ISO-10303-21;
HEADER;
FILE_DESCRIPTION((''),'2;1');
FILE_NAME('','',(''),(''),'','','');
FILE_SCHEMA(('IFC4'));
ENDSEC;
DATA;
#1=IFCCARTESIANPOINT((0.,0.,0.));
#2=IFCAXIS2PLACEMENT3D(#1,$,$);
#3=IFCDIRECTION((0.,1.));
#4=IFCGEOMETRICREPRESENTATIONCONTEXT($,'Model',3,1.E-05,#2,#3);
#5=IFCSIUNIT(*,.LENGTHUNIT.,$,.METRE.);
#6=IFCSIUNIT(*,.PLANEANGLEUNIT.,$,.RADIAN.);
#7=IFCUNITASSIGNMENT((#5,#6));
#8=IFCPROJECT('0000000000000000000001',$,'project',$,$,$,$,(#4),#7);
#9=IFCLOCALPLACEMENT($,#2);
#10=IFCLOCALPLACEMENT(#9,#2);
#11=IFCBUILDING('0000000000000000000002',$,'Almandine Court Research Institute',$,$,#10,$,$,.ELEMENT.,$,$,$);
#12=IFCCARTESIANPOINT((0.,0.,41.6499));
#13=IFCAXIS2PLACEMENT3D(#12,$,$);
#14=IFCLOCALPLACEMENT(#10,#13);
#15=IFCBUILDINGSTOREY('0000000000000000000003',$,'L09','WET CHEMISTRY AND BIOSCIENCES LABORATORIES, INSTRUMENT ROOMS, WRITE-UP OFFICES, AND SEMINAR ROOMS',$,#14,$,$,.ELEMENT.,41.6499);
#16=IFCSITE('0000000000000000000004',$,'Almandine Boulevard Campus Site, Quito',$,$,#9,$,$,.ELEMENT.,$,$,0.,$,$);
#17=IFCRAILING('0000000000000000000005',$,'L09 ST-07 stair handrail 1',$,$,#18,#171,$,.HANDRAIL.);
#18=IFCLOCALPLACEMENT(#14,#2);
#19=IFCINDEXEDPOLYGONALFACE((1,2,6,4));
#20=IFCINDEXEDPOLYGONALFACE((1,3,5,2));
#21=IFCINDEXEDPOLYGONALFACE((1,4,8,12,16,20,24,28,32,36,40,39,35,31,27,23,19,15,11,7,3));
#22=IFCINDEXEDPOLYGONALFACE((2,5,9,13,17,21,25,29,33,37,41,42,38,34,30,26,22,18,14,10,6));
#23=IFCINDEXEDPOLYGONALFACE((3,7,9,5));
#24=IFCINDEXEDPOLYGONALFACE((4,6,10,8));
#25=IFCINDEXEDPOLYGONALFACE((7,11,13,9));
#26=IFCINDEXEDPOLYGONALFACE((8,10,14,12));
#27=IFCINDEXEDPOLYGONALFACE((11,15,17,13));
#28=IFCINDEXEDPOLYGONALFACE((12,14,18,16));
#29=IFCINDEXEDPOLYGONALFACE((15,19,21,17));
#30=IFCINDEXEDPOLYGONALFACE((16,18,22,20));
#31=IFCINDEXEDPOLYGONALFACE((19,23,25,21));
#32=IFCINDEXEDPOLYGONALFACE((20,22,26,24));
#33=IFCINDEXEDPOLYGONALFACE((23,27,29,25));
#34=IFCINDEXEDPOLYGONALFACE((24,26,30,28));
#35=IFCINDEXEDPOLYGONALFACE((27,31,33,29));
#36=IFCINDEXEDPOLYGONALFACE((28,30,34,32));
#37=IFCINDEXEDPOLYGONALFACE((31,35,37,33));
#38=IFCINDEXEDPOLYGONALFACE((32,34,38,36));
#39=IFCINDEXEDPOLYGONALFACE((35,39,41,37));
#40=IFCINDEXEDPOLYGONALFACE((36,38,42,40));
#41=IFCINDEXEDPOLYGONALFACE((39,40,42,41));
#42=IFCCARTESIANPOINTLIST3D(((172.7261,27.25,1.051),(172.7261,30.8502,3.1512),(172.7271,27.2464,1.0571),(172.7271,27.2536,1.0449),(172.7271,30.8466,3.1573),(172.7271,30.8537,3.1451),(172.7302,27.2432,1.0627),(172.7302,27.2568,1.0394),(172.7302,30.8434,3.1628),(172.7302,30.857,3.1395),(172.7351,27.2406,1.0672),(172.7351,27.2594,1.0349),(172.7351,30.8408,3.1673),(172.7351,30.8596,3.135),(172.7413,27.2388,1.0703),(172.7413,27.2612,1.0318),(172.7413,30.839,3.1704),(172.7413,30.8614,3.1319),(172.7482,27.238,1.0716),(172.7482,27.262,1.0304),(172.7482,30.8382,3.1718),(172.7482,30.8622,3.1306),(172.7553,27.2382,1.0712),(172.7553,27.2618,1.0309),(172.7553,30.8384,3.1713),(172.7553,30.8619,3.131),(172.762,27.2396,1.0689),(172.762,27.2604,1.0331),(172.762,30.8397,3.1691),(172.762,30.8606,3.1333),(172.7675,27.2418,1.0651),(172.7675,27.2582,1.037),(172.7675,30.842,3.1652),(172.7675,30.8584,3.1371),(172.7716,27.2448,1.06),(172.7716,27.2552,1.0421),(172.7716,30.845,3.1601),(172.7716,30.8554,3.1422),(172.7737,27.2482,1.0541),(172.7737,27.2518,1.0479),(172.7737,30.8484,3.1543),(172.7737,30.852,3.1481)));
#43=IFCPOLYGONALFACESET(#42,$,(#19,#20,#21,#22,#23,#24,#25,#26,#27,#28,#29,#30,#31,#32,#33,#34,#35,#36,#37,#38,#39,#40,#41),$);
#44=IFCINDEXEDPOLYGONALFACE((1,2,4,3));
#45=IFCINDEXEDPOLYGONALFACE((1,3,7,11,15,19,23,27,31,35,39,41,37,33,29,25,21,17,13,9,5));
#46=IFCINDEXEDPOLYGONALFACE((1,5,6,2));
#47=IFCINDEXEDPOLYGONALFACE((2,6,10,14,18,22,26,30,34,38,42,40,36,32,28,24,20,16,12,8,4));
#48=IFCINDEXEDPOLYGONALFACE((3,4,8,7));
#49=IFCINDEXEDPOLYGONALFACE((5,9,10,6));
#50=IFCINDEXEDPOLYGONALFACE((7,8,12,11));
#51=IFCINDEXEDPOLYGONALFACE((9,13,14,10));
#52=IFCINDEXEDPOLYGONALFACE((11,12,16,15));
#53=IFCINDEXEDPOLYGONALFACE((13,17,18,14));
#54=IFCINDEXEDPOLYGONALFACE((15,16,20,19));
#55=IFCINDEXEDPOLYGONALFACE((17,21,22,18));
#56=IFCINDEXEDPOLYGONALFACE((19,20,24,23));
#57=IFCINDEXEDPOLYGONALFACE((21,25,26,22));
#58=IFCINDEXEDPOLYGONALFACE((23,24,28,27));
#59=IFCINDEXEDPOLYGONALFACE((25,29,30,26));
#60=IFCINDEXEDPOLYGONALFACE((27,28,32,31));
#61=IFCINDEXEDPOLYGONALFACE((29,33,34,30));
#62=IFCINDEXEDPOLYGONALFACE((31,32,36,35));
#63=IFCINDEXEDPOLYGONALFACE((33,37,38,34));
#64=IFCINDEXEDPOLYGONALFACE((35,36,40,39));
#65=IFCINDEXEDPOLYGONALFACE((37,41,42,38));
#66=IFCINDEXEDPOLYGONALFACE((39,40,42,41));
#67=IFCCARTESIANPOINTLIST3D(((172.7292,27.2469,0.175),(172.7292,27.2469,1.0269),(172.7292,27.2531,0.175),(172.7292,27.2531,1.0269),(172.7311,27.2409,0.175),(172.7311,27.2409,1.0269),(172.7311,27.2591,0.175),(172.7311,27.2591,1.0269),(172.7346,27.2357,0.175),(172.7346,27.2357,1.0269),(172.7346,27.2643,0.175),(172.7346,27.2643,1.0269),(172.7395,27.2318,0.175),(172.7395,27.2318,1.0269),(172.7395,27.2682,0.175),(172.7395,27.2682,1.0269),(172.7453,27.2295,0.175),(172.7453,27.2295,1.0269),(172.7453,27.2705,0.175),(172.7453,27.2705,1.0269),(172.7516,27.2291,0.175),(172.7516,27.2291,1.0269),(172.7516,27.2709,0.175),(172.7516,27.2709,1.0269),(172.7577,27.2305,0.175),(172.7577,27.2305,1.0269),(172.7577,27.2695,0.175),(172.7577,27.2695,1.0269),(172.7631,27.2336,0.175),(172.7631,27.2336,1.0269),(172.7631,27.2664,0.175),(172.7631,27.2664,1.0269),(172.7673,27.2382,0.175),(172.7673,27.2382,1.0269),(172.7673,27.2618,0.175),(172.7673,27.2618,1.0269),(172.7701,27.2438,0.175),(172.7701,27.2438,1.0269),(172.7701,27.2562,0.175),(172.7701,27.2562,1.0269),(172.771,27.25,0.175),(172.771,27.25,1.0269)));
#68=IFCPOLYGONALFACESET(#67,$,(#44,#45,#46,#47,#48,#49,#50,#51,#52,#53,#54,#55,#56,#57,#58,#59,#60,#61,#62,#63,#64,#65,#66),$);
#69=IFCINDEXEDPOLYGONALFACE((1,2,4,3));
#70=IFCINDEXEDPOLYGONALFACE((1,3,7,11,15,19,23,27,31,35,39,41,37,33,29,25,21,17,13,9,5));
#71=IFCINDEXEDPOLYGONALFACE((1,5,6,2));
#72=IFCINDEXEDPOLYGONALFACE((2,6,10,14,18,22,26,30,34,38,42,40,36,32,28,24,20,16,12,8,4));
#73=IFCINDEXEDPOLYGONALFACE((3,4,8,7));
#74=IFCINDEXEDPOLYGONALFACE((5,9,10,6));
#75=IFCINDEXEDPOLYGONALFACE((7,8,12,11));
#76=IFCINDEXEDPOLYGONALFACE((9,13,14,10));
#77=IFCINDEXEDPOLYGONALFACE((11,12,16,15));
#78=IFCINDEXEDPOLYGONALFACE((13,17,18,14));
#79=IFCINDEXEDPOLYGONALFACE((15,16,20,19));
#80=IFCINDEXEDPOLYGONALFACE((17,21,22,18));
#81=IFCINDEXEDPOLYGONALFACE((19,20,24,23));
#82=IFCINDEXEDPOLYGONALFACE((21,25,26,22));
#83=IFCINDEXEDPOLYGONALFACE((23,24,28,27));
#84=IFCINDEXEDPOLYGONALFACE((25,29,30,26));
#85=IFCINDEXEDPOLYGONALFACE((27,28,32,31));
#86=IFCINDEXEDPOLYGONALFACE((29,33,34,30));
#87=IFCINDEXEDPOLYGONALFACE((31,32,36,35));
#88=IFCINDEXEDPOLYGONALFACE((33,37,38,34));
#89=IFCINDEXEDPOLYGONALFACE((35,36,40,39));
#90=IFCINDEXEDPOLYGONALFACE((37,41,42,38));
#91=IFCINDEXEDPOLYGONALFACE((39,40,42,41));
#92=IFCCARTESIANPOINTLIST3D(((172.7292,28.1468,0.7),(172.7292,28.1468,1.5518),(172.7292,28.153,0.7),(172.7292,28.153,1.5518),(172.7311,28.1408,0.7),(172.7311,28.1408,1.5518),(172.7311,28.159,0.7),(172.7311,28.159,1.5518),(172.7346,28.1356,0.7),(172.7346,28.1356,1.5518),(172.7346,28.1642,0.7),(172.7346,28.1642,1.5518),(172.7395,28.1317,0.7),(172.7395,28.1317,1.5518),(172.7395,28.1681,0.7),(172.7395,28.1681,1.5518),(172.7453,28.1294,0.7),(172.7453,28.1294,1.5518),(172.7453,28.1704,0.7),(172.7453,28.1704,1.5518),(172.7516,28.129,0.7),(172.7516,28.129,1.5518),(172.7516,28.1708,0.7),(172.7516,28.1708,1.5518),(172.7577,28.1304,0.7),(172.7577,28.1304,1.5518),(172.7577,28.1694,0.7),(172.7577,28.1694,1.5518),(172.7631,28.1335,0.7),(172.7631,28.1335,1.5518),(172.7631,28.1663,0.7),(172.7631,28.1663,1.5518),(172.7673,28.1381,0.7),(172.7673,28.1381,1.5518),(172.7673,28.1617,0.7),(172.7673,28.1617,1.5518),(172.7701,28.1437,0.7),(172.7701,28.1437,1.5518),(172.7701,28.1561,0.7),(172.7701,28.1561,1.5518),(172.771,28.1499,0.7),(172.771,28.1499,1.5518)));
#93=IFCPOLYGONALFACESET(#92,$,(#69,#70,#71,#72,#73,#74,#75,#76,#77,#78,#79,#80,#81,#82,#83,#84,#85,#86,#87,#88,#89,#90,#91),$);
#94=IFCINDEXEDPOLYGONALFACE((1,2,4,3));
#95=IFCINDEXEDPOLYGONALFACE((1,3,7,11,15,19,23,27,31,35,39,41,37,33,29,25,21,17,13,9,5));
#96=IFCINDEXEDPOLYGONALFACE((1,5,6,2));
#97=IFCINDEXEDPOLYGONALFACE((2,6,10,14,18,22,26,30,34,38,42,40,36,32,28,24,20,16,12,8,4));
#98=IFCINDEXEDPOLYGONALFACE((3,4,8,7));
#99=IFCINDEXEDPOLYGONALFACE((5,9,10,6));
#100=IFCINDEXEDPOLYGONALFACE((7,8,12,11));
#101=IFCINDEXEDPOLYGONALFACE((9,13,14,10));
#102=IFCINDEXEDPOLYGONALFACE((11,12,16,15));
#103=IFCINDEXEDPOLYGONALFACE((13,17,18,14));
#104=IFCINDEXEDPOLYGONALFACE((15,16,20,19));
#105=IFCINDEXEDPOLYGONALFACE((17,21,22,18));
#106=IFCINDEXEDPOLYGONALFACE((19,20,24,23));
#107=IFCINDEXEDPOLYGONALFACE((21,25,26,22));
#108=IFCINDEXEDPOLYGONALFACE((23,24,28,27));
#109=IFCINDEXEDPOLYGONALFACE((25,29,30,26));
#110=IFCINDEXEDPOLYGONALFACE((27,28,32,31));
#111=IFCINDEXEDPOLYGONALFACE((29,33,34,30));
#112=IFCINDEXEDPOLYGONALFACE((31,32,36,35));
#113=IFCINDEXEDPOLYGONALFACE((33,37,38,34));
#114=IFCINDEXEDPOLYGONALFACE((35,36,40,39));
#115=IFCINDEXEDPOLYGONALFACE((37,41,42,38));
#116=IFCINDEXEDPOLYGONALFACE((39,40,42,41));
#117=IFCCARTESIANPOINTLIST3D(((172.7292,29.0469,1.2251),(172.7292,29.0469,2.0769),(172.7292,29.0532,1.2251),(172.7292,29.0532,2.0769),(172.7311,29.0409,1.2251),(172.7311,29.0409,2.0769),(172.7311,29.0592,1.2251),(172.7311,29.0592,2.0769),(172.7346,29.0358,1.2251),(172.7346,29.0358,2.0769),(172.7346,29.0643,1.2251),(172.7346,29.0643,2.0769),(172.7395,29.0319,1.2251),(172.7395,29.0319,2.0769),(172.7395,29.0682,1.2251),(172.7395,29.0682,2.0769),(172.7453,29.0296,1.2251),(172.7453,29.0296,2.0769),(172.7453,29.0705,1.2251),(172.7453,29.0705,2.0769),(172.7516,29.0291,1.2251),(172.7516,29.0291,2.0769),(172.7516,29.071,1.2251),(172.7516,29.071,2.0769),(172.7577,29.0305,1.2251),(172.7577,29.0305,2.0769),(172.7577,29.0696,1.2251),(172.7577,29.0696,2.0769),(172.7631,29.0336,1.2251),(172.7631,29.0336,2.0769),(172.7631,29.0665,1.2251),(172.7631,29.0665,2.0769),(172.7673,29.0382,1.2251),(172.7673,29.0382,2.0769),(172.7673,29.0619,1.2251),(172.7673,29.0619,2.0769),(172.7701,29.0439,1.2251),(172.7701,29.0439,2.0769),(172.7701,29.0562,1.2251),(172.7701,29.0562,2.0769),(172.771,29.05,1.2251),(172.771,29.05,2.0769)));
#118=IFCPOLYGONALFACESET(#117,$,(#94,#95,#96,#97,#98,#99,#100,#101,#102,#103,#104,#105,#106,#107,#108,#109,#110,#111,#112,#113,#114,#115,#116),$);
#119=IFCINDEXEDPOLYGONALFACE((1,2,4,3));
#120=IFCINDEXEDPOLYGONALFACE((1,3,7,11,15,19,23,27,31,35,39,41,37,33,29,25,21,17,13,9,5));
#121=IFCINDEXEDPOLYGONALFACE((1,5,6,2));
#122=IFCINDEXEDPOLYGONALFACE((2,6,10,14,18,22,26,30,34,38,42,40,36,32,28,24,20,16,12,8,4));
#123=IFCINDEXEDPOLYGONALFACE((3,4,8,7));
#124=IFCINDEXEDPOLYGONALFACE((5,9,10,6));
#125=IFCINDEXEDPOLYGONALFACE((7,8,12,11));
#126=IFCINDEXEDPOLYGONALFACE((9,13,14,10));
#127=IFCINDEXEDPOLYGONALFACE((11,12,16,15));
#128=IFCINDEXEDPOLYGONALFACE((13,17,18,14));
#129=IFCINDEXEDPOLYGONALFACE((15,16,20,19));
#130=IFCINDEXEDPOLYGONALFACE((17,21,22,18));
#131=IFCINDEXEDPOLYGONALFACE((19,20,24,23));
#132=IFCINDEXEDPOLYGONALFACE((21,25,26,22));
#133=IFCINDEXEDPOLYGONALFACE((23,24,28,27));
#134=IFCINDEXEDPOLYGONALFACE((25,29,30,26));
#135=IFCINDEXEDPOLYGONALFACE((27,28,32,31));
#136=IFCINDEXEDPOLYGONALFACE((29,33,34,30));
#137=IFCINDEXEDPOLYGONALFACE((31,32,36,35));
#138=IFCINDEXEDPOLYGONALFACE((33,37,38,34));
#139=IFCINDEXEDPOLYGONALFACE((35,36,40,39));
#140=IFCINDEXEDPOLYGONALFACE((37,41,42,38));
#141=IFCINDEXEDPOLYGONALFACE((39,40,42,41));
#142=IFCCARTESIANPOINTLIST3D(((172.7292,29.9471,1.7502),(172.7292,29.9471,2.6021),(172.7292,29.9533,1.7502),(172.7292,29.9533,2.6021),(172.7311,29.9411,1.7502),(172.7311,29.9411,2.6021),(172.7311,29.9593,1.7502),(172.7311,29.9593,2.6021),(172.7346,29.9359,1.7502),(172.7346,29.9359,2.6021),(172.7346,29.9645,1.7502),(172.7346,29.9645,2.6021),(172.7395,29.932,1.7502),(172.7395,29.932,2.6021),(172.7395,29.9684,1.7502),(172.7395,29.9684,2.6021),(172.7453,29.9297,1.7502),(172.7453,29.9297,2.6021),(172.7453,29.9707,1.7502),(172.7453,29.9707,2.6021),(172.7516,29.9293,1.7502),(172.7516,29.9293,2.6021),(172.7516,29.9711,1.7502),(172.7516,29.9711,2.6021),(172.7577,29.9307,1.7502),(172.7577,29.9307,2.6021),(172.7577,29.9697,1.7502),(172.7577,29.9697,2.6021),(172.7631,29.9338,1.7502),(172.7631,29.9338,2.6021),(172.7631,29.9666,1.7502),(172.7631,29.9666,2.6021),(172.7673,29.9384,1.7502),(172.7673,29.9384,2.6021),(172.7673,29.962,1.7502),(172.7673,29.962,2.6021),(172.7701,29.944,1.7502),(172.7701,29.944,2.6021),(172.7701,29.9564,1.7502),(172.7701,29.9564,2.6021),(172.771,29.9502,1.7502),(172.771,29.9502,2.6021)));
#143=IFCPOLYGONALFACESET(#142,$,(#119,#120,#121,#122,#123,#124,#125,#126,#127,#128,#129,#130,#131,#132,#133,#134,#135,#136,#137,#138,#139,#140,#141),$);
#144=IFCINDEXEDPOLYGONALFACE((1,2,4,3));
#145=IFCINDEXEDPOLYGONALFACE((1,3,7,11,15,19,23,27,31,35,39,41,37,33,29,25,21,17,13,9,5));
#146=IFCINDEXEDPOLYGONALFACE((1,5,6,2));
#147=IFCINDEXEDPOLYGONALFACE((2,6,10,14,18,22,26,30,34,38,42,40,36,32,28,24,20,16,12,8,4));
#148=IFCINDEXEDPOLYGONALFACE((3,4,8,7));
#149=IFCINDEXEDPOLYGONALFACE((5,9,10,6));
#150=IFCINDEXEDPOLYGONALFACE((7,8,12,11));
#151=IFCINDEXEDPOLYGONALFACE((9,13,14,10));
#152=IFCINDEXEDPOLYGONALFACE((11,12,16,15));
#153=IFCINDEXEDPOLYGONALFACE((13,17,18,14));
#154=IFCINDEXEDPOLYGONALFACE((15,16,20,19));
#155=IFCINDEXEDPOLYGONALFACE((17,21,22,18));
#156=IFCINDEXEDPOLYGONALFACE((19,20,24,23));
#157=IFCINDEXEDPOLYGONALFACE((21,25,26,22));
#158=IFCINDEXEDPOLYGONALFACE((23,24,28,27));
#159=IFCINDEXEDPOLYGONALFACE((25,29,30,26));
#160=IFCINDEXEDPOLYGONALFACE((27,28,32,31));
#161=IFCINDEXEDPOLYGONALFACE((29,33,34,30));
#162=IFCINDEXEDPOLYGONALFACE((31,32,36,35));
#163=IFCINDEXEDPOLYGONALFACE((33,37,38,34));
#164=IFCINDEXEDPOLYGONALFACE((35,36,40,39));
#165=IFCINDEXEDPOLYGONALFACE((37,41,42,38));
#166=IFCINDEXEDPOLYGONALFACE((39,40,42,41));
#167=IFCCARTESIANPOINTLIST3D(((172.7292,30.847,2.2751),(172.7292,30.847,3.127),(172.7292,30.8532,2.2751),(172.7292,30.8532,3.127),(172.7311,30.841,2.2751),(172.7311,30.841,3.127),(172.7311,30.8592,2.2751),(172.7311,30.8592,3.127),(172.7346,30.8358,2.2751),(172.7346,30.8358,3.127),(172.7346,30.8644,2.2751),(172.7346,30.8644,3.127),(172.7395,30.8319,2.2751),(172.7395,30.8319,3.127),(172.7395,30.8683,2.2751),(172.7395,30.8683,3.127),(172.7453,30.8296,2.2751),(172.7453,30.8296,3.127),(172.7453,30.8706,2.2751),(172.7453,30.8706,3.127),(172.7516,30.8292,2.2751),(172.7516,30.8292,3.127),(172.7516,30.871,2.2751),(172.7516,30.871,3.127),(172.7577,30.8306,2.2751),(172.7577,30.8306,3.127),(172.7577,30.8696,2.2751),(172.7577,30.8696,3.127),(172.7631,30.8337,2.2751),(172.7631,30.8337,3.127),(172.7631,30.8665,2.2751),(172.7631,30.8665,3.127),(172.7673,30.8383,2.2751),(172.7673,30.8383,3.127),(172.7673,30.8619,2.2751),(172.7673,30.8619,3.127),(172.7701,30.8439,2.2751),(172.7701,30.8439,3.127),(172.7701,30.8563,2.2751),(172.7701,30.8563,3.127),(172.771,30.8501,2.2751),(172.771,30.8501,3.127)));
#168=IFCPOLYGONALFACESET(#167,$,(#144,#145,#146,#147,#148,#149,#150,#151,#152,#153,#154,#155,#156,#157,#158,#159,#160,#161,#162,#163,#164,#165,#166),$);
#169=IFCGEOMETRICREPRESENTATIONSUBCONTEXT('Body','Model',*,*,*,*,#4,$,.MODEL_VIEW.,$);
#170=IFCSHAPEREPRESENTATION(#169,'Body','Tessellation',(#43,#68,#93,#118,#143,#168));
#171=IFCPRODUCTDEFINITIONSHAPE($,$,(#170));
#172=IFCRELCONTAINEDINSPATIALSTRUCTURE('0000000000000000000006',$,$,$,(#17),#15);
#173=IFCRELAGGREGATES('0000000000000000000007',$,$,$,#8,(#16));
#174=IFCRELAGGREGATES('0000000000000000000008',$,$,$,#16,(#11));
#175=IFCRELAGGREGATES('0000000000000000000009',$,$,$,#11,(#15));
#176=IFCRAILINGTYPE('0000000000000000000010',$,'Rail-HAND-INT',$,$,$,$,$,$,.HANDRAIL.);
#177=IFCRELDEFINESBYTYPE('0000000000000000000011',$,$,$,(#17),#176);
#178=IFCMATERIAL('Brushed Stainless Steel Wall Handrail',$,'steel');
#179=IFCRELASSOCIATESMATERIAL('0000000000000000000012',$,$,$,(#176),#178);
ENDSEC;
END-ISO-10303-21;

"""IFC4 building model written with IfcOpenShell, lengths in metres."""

from ifc_helpers import new_model, si_unit, direction, frame, origin, origin_2d, place, context, subcontext, project, spatial, circle, extrude, material, type_object, element, save


model = new_model("IFC4")

# Units and contexts
model_context = context("Model", 3, precision=1e-05, world=origin(), true_north=direction((0.0, 1.0)))
body_context = subcontext(model_context, "Body", "Model", "MODEL_VIEW")
ifc_project = project(units=[si_unit("LENGTHUNIT", "METRE"), si_unit("PLANEANGLEUNIT", "RADIAN")], contexts=[model_context])

# Site, building, storey
site_placement = place(None, origin())
site = spatial("IfcSite", under=ifc_project, at=site_placement, Name="Almandine Boulevard Campus Site, Quito", CompositionType="ELEMENT", RefElevation=0.0)
building_placement = place(site_placement, origin())
building = spatial("IfcBuilding", under=site, at=building_placement, Name="Almandine Court Research Institute", CompositionType="ELEMENT")
storey_placement = place(building_placement, frame((0.0, 0.0, 41.6499)))
storey = spatial("IfcBuildingStorey", under=building, at=storey_placement, Name="L09", Description="WET CHEMISTRY AND BIOSCIENCES LABORATORIES, INSTRUMENT ROOMS, WRITE-UP OFFICES, AND SEMINAR ROOMS", CompositionType="ELEMENT", Elevation=41.6499)

# Railing
ifc_material_1 = material(Name="Brushed Stainless Steel Wall Handrail", Category="steel")
railing_type_1 = type_object("IfcRailingType", Name="Rail-HAND-INT", PredefinedType="HANDRAIL", material=ifc_material_1)
railing_1_placement = place(storey_placement, frame((172.75, 27.25, 0.175)))
element("IfcRailing", 1, at=railing_1_placement, inside=storey, type_object=railing_type_1, Name="L09 ST-07 stair handrail 1", PredefinedType="HANDRAIL", context=body_context, shape_type="SweptSolid", body=[
    extrude(circle(Radius=0.0239, at=origin_2d()), frame((0.0, 0.0, 0.876), z_axis=(0.0, 0.863775, 0.503878), x_axis=(-1.0, 0.0, 0.0)), (0.0, 0.0, 1.0), 4.168),
    extrude(circle(Radius=0.021, at=origin_2d()), origin(), (0.0, 0.0, 1.0), 0.8518),
    extrude(circle(Radius=0.021, at=origin_2d()), frame((0.0, 0.8999, 0.5249)), (0.0, 0.0, 1.0), 0.8518),
    extrude(circle(Radius=0.021, at=origin_2d()), frame((0.0, 1.8, 1.05)), (0.0, 0.0, 1.0), 0.8518),
    extrude(circle(Radius=0.021, at=origin_2d()), frame((0.0, 2.7002, 1.5752)), (0.0, 0.0, 1.0), 0.8518),
    extrude(circle(Radius=0.021, at=origin_2d()), frame((0.0, 3.6001, 2.1001)), (0.0, 0.0, 1.0), 0.8518),
])

save(model, "model.ifc")
